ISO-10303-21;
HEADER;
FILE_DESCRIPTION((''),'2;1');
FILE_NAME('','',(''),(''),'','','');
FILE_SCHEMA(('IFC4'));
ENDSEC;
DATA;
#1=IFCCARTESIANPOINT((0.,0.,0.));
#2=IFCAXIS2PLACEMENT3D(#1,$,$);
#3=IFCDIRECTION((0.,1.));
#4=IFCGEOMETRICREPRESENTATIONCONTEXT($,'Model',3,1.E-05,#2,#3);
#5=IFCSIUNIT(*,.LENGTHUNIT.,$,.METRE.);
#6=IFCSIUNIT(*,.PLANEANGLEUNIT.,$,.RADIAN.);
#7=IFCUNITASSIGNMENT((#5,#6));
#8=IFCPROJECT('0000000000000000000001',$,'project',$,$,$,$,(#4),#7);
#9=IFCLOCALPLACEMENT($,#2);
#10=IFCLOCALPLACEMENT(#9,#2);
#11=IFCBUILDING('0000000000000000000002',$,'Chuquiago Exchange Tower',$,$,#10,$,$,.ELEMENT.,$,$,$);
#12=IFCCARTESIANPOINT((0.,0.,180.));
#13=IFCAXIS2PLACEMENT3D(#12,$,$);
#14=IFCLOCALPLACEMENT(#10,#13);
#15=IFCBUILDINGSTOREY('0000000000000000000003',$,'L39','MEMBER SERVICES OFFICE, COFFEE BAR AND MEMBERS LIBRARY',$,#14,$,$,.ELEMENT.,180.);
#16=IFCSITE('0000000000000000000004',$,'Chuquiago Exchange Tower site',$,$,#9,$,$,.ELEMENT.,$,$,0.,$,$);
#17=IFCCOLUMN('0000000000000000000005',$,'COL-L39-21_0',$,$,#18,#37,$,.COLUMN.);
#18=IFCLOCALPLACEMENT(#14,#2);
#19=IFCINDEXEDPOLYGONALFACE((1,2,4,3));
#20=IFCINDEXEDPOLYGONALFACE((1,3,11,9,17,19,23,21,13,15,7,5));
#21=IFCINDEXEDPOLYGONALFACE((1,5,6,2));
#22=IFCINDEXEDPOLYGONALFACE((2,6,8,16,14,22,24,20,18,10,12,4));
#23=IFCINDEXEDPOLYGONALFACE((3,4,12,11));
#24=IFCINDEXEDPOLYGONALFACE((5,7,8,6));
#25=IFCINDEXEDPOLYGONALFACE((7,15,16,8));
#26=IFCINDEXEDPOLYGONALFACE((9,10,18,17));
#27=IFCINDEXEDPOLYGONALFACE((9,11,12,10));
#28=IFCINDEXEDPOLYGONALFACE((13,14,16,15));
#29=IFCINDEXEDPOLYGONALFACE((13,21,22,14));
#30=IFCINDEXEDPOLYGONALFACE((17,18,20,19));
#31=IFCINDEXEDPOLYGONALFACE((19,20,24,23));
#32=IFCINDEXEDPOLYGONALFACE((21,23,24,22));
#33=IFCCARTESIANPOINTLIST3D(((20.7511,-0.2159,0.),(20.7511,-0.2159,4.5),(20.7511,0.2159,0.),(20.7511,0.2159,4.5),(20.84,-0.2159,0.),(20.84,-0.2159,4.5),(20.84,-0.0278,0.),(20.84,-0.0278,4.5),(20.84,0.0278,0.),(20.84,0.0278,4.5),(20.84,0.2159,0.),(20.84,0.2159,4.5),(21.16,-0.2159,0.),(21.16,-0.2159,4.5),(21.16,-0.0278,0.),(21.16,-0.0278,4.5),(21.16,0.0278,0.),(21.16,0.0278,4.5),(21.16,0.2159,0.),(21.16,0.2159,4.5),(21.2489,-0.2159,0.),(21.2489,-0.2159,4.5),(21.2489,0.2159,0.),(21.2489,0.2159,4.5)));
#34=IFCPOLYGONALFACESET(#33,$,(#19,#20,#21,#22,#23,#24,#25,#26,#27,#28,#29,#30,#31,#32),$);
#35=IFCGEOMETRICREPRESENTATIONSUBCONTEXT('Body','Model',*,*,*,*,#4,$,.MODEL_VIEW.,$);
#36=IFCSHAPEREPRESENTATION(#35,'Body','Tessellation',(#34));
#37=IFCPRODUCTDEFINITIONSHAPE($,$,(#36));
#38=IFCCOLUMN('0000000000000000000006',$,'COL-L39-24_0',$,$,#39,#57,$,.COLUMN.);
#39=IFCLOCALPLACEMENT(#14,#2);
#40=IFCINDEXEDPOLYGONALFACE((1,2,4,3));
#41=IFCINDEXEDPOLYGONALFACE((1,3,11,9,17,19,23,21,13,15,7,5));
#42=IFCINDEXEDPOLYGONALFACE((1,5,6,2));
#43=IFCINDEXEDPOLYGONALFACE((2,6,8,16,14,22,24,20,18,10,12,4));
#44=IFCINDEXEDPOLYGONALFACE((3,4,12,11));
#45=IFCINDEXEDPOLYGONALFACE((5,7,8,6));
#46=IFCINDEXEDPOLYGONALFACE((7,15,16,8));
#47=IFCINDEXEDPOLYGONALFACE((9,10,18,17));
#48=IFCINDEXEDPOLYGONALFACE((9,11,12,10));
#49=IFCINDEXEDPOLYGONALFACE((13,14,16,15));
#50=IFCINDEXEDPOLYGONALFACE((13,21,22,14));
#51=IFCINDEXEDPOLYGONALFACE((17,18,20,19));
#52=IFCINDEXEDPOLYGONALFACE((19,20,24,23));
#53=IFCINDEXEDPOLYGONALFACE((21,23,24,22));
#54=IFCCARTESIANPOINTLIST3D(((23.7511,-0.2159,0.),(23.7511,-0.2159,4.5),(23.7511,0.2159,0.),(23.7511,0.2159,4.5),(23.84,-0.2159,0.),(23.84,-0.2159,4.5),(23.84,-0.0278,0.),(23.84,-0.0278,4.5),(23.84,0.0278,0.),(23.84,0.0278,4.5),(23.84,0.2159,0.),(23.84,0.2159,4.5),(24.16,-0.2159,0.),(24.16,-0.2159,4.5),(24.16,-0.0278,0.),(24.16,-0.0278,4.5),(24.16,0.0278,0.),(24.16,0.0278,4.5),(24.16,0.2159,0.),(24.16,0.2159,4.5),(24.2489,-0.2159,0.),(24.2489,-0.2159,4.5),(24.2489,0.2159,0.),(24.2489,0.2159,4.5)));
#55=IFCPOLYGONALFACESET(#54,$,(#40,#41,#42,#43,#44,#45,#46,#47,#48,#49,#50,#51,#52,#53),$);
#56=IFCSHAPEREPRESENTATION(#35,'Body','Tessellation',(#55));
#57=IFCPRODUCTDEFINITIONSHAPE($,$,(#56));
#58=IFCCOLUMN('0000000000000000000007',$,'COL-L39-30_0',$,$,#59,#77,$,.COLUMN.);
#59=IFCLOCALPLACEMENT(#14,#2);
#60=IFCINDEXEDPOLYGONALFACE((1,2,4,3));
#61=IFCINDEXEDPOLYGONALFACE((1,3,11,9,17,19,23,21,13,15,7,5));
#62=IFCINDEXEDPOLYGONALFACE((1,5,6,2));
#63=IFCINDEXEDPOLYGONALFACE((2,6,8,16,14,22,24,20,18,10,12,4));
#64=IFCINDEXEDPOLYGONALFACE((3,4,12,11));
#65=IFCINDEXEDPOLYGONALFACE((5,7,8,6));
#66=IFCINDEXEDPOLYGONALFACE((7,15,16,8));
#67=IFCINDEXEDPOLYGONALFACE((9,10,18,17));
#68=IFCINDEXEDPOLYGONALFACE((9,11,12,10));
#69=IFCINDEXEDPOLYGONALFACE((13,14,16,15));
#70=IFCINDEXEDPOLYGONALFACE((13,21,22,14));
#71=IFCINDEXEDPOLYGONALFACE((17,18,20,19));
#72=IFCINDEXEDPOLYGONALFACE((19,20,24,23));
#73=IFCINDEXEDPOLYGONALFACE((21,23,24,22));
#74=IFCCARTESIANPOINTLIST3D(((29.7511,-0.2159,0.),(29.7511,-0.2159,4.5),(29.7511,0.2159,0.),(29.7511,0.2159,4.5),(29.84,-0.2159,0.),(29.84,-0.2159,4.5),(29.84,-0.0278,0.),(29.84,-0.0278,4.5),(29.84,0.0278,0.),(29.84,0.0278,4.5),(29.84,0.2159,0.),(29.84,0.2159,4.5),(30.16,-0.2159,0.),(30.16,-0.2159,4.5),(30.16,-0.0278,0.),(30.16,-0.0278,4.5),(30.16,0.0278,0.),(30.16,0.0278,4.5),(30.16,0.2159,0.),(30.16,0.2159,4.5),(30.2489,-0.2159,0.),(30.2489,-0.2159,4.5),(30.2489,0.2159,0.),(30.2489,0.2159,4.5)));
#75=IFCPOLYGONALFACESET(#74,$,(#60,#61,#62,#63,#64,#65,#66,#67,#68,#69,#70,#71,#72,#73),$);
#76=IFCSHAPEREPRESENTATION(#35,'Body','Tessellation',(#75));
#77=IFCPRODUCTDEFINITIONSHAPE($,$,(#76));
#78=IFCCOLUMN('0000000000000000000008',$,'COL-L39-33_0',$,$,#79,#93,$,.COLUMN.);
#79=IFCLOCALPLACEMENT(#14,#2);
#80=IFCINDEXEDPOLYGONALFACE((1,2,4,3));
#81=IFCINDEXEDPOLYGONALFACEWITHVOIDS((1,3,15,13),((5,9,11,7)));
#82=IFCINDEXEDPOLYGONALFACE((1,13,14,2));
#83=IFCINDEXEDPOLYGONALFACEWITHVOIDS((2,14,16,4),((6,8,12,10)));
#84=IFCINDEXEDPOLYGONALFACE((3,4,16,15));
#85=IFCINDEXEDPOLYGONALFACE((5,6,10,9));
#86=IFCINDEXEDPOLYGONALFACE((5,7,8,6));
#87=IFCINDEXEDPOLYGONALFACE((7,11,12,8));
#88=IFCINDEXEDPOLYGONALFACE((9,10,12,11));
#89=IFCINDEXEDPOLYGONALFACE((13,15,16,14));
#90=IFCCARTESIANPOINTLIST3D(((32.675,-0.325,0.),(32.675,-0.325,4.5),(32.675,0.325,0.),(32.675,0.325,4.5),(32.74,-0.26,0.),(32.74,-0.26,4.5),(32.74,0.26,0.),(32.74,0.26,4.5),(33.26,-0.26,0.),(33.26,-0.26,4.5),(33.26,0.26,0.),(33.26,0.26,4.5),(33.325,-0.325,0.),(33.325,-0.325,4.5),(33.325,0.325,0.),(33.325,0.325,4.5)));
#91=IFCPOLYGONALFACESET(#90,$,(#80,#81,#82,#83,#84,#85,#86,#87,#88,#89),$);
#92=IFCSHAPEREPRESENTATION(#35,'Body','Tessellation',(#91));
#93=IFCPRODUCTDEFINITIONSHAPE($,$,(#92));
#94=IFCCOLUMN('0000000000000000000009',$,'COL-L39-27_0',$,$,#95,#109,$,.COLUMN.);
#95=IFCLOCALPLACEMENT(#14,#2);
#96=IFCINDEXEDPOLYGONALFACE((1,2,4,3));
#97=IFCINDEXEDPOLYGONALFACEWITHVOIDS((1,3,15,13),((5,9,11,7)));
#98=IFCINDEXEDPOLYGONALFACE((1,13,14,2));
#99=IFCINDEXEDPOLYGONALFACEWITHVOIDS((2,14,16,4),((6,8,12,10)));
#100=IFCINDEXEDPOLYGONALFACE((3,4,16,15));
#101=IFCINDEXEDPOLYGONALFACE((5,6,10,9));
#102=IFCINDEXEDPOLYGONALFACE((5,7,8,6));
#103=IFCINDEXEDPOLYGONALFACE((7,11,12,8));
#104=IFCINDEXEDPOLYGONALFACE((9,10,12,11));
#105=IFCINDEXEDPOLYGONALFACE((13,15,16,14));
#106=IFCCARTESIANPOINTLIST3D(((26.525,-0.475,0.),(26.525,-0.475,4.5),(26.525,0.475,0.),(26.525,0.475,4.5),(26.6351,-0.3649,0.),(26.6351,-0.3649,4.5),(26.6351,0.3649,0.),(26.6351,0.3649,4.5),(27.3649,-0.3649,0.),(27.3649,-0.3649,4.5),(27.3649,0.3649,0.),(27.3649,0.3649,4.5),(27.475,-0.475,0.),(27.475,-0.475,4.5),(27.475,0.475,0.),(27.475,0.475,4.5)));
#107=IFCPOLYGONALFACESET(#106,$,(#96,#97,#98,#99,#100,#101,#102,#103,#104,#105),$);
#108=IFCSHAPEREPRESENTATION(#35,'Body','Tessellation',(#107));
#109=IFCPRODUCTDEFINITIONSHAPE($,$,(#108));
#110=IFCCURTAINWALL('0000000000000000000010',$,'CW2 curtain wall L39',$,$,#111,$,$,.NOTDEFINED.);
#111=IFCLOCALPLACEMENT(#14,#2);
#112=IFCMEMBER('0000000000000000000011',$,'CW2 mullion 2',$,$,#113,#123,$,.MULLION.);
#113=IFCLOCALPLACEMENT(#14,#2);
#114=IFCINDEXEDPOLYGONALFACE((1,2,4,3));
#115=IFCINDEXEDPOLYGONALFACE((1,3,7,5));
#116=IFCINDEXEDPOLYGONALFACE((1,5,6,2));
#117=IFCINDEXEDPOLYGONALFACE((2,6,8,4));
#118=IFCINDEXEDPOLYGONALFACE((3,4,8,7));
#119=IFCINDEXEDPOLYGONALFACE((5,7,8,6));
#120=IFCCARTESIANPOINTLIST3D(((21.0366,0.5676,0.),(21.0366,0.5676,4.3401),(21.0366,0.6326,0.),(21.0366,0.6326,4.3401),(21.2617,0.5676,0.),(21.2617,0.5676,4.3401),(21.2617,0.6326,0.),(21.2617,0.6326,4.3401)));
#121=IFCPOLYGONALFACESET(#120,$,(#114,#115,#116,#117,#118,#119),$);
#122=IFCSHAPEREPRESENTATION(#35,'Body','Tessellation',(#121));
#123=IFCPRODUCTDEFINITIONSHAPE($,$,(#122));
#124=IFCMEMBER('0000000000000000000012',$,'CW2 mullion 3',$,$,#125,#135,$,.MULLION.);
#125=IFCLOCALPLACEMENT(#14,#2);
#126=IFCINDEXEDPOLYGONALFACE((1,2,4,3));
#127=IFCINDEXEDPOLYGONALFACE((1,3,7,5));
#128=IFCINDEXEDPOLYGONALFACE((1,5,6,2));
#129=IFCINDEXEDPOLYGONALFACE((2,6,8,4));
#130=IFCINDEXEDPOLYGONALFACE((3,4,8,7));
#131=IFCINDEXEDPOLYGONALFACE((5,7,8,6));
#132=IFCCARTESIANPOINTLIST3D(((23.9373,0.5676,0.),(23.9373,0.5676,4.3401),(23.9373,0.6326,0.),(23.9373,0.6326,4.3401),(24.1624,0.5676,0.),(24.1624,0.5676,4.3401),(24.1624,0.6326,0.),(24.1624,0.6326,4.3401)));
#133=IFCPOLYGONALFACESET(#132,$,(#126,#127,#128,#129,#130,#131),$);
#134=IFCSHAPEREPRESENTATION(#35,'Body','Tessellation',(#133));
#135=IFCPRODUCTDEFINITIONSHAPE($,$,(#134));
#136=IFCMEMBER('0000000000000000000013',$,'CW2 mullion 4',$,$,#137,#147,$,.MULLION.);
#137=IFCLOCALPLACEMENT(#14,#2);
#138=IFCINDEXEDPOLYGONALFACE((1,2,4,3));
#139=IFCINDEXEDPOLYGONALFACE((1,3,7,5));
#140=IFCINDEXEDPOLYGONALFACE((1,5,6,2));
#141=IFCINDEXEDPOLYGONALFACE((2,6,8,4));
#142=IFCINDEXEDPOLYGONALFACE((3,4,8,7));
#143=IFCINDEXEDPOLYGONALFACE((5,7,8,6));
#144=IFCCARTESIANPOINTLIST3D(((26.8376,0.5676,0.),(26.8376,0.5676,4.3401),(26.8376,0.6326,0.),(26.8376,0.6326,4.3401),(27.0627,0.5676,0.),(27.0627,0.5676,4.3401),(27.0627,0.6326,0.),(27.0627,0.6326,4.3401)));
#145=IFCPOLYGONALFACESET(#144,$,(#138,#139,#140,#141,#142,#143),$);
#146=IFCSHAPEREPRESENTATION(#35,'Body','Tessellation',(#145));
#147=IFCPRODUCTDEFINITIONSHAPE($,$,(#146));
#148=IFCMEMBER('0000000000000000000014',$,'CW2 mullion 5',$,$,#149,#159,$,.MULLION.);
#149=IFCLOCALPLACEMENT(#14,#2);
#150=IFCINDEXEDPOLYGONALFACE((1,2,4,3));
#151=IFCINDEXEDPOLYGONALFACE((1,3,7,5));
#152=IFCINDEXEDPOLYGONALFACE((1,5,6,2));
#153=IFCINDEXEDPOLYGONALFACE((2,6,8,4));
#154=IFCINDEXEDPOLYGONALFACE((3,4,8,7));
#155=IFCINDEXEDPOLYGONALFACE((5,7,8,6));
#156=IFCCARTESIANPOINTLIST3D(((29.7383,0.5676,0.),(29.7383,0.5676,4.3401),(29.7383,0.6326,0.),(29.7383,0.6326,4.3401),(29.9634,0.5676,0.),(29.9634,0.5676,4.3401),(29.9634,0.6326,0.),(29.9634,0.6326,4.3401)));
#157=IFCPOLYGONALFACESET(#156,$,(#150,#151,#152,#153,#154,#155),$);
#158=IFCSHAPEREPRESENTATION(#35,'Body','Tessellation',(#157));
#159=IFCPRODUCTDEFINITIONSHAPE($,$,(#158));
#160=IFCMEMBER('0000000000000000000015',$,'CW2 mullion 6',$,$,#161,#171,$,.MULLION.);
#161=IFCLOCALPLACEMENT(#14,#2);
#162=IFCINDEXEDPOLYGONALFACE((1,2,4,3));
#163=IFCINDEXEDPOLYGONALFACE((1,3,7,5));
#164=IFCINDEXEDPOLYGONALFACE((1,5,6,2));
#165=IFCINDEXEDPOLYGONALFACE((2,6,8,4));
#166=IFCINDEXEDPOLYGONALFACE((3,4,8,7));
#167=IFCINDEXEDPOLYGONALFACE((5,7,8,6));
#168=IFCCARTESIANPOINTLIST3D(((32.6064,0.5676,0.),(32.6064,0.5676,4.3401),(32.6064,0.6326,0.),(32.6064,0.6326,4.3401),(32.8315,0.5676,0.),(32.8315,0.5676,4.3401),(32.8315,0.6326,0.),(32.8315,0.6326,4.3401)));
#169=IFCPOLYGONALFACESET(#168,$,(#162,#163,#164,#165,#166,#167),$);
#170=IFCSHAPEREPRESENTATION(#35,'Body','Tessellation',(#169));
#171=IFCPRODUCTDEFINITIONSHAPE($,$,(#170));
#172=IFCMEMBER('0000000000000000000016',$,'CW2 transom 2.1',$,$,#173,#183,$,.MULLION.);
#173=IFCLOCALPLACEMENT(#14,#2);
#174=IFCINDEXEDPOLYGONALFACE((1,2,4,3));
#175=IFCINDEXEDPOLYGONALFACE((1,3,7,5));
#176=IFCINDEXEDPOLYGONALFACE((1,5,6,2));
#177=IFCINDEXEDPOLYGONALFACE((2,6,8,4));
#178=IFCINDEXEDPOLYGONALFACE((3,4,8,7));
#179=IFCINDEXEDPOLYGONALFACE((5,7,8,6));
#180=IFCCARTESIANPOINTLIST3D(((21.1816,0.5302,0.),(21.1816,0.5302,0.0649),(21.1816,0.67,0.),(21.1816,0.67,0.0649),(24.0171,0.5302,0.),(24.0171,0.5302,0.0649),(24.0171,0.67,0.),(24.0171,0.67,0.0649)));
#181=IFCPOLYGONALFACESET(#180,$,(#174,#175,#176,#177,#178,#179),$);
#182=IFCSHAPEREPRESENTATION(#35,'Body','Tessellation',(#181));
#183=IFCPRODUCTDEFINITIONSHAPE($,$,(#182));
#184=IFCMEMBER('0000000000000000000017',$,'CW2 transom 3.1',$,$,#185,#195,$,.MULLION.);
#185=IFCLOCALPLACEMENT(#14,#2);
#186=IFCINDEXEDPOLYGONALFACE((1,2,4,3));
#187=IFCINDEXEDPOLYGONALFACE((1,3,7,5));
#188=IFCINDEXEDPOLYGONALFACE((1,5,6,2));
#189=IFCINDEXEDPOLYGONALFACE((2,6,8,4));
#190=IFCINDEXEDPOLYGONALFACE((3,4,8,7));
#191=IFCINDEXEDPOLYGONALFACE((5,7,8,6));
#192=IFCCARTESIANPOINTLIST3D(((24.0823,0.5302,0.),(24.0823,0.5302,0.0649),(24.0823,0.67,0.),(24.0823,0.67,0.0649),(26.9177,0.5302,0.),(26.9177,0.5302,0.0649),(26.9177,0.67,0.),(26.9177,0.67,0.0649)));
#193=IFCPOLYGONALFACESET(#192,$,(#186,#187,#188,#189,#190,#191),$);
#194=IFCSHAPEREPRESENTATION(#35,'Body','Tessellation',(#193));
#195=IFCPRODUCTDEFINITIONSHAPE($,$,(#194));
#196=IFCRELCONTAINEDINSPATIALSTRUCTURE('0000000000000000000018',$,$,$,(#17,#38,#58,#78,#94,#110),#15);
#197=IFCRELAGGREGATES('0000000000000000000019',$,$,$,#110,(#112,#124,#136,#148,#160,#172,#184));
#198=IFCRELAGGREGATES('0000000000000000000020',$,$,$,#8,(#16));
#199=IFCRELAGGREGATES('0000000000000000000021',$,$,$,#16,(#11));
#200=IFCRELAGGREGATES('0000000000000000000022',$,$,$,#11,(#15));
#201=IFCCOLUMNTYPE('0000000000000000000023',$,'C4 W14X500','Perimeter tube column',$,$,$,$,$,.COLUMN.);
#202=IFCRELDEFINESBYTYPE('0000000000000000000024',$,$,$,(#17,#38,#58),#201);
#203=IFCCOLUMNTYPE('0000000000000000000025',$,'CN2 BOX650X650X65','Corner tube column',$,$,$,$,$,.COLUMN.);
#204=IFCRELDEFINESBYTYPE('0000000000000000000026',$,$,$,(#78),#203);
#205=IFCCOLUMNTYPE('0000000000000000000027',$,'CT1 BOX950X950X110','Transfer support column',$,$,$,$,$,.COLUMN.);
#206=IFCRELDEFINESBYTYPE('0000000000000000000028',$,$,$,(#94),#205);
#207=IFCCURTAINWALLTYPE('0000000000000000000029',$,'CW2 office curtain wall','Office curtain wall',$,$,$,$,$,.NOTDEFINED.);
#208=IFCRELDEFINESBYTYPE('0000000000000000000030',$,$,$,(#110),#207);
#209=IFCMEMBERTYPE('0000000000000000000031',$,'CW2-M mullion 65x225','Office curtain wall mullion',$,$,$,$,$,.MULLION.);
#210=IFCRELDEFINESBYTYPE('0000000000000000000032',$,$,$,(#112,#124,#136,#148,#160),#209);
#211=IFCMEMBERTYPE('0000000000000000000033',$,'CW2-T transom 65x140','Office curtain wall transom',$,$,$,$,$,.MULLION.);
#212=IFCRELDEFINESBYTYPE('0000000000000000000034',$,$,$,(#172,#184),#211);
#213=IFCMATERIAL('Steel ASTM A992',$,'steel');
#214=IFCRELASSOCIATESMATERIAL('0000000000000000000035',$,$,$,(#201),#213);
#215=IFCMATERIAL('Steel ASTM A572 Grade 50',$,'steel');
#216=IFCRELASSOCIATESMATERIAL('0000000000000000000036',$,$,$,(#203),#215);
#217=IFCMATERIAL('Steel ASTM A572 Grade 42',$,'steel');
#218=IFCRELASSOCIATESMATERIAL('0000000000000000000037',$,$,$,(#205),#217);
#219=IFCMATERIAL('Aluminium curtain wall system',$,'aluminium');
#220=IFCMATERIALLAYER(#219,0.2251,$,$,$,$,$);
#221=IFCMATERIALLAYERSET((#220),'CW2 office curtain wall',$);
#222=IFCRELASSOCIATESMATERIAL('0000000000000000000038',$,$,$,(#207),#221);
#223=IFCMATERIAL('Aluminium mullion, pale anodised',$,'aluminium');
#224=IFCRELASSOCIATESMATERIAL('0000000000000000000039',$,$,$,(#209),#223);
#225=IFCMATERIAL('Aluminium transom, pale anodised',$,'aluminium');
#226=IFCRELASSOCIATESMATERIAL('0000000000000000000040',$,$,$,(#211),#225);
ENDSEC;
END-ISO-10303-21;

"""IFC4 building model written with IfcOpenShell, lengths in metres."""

from ifc_helpers import new_model, si_unit, direction, frame, origin, origin_2d, place, context, subcontext, project, spatial, rectangle, hollow_rectangle, i_section, extrude, material, layer, layer_set, material_profile, profile_set, type_object, element, aggregate, save


model = new_model("IFC4")

# Units and contexts
model_context = context("Model", 3, precision=1e-05, world=origin(), true_north=direction((0.0, 1.0)))
body_context = subcontext(model_context, "Body", "Model", "MODEL_VIEW")
ifc_project = project(units=[si_unit("LENGTHUNIT", "METRE"), si_unit("PLANEANGLEUNIT", "RADIAN")], contexts=[model_context])

# Site, building, storey
site_placement = place(None, origin())
site = spatial("IfcSite", under=ifc_project, at=site_placement, Name="Chuquiago Exchange Tower site", CompositionType="ELEMENT", RefElevation=0.0)
building_placement = place(site_placement, origin())
building = spatial("IfcBuilding", under=site, at=building_placement, Name="Chuquiago Exchange Tower", CompositionType="ELEMENT")
storey_placement = place(building_placement, frame((0.0, 0.0, 180.0)))
storey = spatial("IfcBuildingStorey", under=building, at=storey_placement, Name="L39", Description="MEMBER SERVICES OFFICE, COFFEE BAR AND MEMBERS LIBRARY", CompositionType="ELEMENT", Elevation=180.0)

# Columns
ifc_material_1 = material(Name="Steel ASTM A992", Category="steel")
ifc_material_profile_1 = material_profile(ifc_material_1, i_section(OverallWidth=0.4319, OverallDepth=0.4978, WebThickness=0.0557, FlangeThickness=0.0889, at=origin_2d()), Name="W14X500")
ifc_profile_set_1 = profile_set([ifc_material_profile_1], Name="Steel ASTM A992")
column_type_1 = type_object("IfcColumnType", Name="C4 W14X500", Description="Perimeter tube column", PredefinedType="COLUMN", material=ifc_profile_set_1)
for number, where, z_axis, x_axis, name in (
    (1, (21.0, 0.0, 0.0), (0.0, 0.0, 1.0), (0.0, -1.0, 0.0), "COL-L39-21_0"),
    (2, (24.0, 0.0, 0.0), (0.0, 0.0, 1.0), (0.0, -1.0, 0.0), "COL-L39-24_0"),
    (3, (30.0, 0.0, 0.0), (0.0, 0.0, 1.0), (0.0, -1.0, 0.0), "COL-L39-30_0"),
):
    element("IfcColumn", number, at=place(storey_placement, frame(where, z_axis=z_axis, x_axis=x_axis)), inside=storey, type_object=column_type_1, Name=name, PredefinedType="COLUMN", context=body_context, shape_type="SweptSolid", body=[
        extrude(i_section(OverallWidth=0.4319, OverallDepth=0.4978, WebThickness=0.0557, FlangeThickness=0.0889, at=origin_2d()), origin(), (0.0, 0.0, 1.0), 4.5),
    ])
ifc_material_2 = material(Name="Steel ASTM A572 Grade 50", Category="steel")
ifc_material_profile_2 = material_profile(ifc_material_2, hollow_rectangle(XDim=0.6499, YDim=0.6499, WallThickness=0.0649, at=origin_2d()), Name="BOX650X650X65")
ifc_profile_set_2 = profile_set([ifc_material_profile_2], Name="Steel ASTM A572 Grade 50")
column_type_2 = type_object("IfcColumnType", Name="CN2 BOX650X650X65", Description="Corner tube column", PredefinedType="COLUMN", material=ifc_profile_set_2)
column_1_placement = place(storey_placement, frame((33.0, 0.0, 0.0), z_axis=(0.0, 0.0, 1.0), x_axis=(0.0, -1.0, 0.0)))
element("IfcColumn", 4, at=column_1_placement, inside=storey, type_object=column_type_2, Name="COL-L39-33_0", PredefinedType="COLUMN", context=body_context, shape_type="SweptSolid", body=[
    extrude(hollow_rectangle(XDim=0.6499, YDim=0.6499, WallThickness=0.0649, at=origin_2d()), origin(), (0.0, 0.0, 1.0), 4.5),
])
ifc_material_3 = material(Name="Steel ASTM A572 Grade 42", Category="steel")
ifc_material_profile_3 = material_profile(ifc_material_3, hollow_rectangle(XDim=0.95, YDim=0.95, WallThickness=0.1101, at=origin_2d()), Name="BOX950X950X110")
ifc_profile_set_3 = profile_set([ifc_material_profile_3], Name="Steel ASTM A572 Grade 42")
column_type_3 = type_object("IfcColumnType", Name="CT1 BOX950X950X110", Description="Transfer support column", PredefinedType="COLUMN", material=ifc_profile_set_3)
column_2_placement = place(storey_placement, frame((27.0, 0.0, 0.0), z_axis=(0.0, 0.0, 1.0), x_axis=(0.0, -1.0, 0.0)))
element("IfcColumn", 5, at=column_2_placement, inside=storey, type_object=column_type_3, Name="COL-L39-27_0", PredefinedType="COLUMN", context=body_context, shape_type="SweptSolid", body=[
    extrude(hollow_rectangle(XDim=0.95, YDim=0.95, WallThickness=0.1101, at=origin_2d()), origin(), (0.0, 0.0, 1.0), 4.5),
])

# Curtain wall, members
ifc_material_4 = material(Name="Aluminium curtain wall system", Category="aluminium")
ifc_layer_1 = layer(ifc_material_4, 0.2251)
ifc_layer_set_1 = layer_set([ifc_layer_1], Name="CW2 office curtain wall")
curtain_wall_type_1 = type_object("IfcCurtainWallType", Name="CW2 office curtain wall", Description="Office curtain wall", PredefinedType="NOTDEFINED", material=ifc_layer_set_1)
curtain_wall_1_placement = place(storey_placement, origin())
curtain_wall_1 = element("IfcCurtainWall", 6, at=curtain_wall_1_placement, inside=storey, type_object=curtain_wall_type_1, Name="CW2 curtain wall L39", PredefinedType="NOTDEFINED")
ifc_material_5 = material(Name="Aluminium mullion, pale anodised", Category="aluminium")
ifc_material_profile_4 = material_profile(ifc_material_5, rectangle(XDim=0.0649, YDim=0.2251, at=origin_2d()), Name="AL 65x225")
ifc_profile_set_4 = profile_set([ifc_material_profile_4], Name="Aluminium mullion, pale anodised")
member_type_1 = type_object("IfcMemberType", Name="CW2-M mullion 65x225", Description="Office curtain wall mullion", PredefinedType="MULLION", material=ifc_profile_set_4)
member_1_placement = place(storey_placement, frame((21.1492, 0.6001, 0.0), z_axis=(0.0, 0.0, 1.0), x_axis=(0.0, 1.0, 0.0)))
member_1 = element("IfcMember", 7, at=member_1_placement, type_object=member_type_1, Name="CW2 mullion 2", PredefinedType="MULLION", context=body_context, shape_type="SweptSolid", body=[
    extrude(rectangle(XDim=0.0649, YDim=0.2251, at=origin_2d()), origin(), (0.0, 0.0, 1.0), 4.3401),
])
member_2_placement = place(storey_placement, frame((24.0498, 0.6001, 0.0), z_axis=(0.0, 0.0, 1.0), x_axis=(0.0, 1.0, 0.0)))
member_2 = element("IfcMember", 8, at=member_2_placement, type_object=member_type_1, Name="CW2 mullion 3", PredefinedType="MULLION", context=body_context, shape_type="SweptSolid", body=[
    extrude(rectangle(XDim=0.0649, YDim=0.2251, at=origin_2d()), origin(), (0.0, 0.0, 1.0), 4.3401),
])
member_3_placement = place(storey_placement, frame((26.9502, 0.6001, 0.0), z_axis=(0.0, 0.0, 1.0), x_axis=(0.0, 1.0, 0.0)))
member_3 = element("IfcMember", 9, at=member_3_placement, type_object=member_type_1, Name="CW2 mullion 4", PredefinedType="MULLION", context=body_context, shape_type="SweptSolid", body=[
    extrude(rectangle(XDim=0.0649, YDim=0.2251, at=origin_2d()), origin(), (0.0, 0.0, 1.0), 4.3401),
])
member_4_placement = place(storey_placement, frame((29.8508, 0.6001, 0.0), z_axis=(0.0, 0.0, 1.0), x_axis=(0.0, 1.0, 0.0)))
member_4 = element("IfcMember", 10, at=member_4_placement, type_object=member_type_1, Name="CW2 mullion 5", PredefinedType="MULLION", context=body_context, shape_type="SweptSolid", body=[
    extrude(rectangle(XDim=0.0649, YDim=0.2251, at=origin_2d()), origin(), (0.0, 0.0, 1.0), 4.3401),
])
member_5_placement = place(storey_placement, frame((32.719, 0.6001, 0.0), z_axis=(0.0, 0.0, 1.0), x_axis=(0.0, 1.0, 0.0)))
member_5 = element("IfcMember", 11, at=member_5_placement, type_object=member_type_1, Name="CW2 mullion 6", PredefinedType="MULLION", context=body_context, shape_type="SweptSolid", body=[
    extrude(rectangle(XDim=0.0649, YDim=0.2251, at=origin_2d()), origin(), (0.0, 0.0, 1.0), 4.3401),
])
ifc_material_6 = material(Name="Aluminium transom, pale anodised", Category="aluminium")
ifc_material_profile_5 = material_profile(ifc_material_6, rectangle(XDim=0.1399, YDim=0.0649, at=origin_2d()), Name="AL 140x65")
ifc_profile_set_5 = profile_set([ifc_material_profile_5], Name="Aluminium transom, pale anodised")
member_type_2 = type_object("IfcMemberType", Name="CW2-T transom 65x140", Description="Office curtain wall transom", PredefinedType="MULLION", material=ifc_profile_set_5)
member_6_placement = place(storey_placement, frame((21.1816, 0.6001, 0.0325), z_axis=(1.0, 0.0, 0.0), x_axis=(0.0, 1.0, 0.0)))
member_6 = element("IfcMember", 12, at=member_6_placement, type_object=member_type_2, Name="CW2 transom 2.1", PredefinedType="MULLION", context=body_context, shape_type="SweptSolid", body=[
    extrude(rectangle(XDim=0.1399, YDim=0.0649, at=origin_2d()), origin(), (0.0, 0.0, 1.0), 2.8354),
])
member_7_placement = place(storey_placement, frame((24.0823, 0.6001, 0.0325), z_axis=(1.0, 0.0, 0.0), x_axis=(0.0, 1.0, 0.0)))
member_7 = element("IfcMember", 13, at=member_7_placement, type_object=member_type_2, Name="CW2 transom 3.1", PredefinedType="MULLION", context=body_context, shape_type="SweptSolid", body=[
    extrude(rectangle(XDim=0.1399, YDim=0.0649, at=origin_2d()), origin(), (0.0, 0.0, 1.0), 2.8354),
])

aggregate(curtain_wall_1, [member_1, member_2, member_3, member_4, member_5, member_6, member_7])

save(model, "model.ifc")
